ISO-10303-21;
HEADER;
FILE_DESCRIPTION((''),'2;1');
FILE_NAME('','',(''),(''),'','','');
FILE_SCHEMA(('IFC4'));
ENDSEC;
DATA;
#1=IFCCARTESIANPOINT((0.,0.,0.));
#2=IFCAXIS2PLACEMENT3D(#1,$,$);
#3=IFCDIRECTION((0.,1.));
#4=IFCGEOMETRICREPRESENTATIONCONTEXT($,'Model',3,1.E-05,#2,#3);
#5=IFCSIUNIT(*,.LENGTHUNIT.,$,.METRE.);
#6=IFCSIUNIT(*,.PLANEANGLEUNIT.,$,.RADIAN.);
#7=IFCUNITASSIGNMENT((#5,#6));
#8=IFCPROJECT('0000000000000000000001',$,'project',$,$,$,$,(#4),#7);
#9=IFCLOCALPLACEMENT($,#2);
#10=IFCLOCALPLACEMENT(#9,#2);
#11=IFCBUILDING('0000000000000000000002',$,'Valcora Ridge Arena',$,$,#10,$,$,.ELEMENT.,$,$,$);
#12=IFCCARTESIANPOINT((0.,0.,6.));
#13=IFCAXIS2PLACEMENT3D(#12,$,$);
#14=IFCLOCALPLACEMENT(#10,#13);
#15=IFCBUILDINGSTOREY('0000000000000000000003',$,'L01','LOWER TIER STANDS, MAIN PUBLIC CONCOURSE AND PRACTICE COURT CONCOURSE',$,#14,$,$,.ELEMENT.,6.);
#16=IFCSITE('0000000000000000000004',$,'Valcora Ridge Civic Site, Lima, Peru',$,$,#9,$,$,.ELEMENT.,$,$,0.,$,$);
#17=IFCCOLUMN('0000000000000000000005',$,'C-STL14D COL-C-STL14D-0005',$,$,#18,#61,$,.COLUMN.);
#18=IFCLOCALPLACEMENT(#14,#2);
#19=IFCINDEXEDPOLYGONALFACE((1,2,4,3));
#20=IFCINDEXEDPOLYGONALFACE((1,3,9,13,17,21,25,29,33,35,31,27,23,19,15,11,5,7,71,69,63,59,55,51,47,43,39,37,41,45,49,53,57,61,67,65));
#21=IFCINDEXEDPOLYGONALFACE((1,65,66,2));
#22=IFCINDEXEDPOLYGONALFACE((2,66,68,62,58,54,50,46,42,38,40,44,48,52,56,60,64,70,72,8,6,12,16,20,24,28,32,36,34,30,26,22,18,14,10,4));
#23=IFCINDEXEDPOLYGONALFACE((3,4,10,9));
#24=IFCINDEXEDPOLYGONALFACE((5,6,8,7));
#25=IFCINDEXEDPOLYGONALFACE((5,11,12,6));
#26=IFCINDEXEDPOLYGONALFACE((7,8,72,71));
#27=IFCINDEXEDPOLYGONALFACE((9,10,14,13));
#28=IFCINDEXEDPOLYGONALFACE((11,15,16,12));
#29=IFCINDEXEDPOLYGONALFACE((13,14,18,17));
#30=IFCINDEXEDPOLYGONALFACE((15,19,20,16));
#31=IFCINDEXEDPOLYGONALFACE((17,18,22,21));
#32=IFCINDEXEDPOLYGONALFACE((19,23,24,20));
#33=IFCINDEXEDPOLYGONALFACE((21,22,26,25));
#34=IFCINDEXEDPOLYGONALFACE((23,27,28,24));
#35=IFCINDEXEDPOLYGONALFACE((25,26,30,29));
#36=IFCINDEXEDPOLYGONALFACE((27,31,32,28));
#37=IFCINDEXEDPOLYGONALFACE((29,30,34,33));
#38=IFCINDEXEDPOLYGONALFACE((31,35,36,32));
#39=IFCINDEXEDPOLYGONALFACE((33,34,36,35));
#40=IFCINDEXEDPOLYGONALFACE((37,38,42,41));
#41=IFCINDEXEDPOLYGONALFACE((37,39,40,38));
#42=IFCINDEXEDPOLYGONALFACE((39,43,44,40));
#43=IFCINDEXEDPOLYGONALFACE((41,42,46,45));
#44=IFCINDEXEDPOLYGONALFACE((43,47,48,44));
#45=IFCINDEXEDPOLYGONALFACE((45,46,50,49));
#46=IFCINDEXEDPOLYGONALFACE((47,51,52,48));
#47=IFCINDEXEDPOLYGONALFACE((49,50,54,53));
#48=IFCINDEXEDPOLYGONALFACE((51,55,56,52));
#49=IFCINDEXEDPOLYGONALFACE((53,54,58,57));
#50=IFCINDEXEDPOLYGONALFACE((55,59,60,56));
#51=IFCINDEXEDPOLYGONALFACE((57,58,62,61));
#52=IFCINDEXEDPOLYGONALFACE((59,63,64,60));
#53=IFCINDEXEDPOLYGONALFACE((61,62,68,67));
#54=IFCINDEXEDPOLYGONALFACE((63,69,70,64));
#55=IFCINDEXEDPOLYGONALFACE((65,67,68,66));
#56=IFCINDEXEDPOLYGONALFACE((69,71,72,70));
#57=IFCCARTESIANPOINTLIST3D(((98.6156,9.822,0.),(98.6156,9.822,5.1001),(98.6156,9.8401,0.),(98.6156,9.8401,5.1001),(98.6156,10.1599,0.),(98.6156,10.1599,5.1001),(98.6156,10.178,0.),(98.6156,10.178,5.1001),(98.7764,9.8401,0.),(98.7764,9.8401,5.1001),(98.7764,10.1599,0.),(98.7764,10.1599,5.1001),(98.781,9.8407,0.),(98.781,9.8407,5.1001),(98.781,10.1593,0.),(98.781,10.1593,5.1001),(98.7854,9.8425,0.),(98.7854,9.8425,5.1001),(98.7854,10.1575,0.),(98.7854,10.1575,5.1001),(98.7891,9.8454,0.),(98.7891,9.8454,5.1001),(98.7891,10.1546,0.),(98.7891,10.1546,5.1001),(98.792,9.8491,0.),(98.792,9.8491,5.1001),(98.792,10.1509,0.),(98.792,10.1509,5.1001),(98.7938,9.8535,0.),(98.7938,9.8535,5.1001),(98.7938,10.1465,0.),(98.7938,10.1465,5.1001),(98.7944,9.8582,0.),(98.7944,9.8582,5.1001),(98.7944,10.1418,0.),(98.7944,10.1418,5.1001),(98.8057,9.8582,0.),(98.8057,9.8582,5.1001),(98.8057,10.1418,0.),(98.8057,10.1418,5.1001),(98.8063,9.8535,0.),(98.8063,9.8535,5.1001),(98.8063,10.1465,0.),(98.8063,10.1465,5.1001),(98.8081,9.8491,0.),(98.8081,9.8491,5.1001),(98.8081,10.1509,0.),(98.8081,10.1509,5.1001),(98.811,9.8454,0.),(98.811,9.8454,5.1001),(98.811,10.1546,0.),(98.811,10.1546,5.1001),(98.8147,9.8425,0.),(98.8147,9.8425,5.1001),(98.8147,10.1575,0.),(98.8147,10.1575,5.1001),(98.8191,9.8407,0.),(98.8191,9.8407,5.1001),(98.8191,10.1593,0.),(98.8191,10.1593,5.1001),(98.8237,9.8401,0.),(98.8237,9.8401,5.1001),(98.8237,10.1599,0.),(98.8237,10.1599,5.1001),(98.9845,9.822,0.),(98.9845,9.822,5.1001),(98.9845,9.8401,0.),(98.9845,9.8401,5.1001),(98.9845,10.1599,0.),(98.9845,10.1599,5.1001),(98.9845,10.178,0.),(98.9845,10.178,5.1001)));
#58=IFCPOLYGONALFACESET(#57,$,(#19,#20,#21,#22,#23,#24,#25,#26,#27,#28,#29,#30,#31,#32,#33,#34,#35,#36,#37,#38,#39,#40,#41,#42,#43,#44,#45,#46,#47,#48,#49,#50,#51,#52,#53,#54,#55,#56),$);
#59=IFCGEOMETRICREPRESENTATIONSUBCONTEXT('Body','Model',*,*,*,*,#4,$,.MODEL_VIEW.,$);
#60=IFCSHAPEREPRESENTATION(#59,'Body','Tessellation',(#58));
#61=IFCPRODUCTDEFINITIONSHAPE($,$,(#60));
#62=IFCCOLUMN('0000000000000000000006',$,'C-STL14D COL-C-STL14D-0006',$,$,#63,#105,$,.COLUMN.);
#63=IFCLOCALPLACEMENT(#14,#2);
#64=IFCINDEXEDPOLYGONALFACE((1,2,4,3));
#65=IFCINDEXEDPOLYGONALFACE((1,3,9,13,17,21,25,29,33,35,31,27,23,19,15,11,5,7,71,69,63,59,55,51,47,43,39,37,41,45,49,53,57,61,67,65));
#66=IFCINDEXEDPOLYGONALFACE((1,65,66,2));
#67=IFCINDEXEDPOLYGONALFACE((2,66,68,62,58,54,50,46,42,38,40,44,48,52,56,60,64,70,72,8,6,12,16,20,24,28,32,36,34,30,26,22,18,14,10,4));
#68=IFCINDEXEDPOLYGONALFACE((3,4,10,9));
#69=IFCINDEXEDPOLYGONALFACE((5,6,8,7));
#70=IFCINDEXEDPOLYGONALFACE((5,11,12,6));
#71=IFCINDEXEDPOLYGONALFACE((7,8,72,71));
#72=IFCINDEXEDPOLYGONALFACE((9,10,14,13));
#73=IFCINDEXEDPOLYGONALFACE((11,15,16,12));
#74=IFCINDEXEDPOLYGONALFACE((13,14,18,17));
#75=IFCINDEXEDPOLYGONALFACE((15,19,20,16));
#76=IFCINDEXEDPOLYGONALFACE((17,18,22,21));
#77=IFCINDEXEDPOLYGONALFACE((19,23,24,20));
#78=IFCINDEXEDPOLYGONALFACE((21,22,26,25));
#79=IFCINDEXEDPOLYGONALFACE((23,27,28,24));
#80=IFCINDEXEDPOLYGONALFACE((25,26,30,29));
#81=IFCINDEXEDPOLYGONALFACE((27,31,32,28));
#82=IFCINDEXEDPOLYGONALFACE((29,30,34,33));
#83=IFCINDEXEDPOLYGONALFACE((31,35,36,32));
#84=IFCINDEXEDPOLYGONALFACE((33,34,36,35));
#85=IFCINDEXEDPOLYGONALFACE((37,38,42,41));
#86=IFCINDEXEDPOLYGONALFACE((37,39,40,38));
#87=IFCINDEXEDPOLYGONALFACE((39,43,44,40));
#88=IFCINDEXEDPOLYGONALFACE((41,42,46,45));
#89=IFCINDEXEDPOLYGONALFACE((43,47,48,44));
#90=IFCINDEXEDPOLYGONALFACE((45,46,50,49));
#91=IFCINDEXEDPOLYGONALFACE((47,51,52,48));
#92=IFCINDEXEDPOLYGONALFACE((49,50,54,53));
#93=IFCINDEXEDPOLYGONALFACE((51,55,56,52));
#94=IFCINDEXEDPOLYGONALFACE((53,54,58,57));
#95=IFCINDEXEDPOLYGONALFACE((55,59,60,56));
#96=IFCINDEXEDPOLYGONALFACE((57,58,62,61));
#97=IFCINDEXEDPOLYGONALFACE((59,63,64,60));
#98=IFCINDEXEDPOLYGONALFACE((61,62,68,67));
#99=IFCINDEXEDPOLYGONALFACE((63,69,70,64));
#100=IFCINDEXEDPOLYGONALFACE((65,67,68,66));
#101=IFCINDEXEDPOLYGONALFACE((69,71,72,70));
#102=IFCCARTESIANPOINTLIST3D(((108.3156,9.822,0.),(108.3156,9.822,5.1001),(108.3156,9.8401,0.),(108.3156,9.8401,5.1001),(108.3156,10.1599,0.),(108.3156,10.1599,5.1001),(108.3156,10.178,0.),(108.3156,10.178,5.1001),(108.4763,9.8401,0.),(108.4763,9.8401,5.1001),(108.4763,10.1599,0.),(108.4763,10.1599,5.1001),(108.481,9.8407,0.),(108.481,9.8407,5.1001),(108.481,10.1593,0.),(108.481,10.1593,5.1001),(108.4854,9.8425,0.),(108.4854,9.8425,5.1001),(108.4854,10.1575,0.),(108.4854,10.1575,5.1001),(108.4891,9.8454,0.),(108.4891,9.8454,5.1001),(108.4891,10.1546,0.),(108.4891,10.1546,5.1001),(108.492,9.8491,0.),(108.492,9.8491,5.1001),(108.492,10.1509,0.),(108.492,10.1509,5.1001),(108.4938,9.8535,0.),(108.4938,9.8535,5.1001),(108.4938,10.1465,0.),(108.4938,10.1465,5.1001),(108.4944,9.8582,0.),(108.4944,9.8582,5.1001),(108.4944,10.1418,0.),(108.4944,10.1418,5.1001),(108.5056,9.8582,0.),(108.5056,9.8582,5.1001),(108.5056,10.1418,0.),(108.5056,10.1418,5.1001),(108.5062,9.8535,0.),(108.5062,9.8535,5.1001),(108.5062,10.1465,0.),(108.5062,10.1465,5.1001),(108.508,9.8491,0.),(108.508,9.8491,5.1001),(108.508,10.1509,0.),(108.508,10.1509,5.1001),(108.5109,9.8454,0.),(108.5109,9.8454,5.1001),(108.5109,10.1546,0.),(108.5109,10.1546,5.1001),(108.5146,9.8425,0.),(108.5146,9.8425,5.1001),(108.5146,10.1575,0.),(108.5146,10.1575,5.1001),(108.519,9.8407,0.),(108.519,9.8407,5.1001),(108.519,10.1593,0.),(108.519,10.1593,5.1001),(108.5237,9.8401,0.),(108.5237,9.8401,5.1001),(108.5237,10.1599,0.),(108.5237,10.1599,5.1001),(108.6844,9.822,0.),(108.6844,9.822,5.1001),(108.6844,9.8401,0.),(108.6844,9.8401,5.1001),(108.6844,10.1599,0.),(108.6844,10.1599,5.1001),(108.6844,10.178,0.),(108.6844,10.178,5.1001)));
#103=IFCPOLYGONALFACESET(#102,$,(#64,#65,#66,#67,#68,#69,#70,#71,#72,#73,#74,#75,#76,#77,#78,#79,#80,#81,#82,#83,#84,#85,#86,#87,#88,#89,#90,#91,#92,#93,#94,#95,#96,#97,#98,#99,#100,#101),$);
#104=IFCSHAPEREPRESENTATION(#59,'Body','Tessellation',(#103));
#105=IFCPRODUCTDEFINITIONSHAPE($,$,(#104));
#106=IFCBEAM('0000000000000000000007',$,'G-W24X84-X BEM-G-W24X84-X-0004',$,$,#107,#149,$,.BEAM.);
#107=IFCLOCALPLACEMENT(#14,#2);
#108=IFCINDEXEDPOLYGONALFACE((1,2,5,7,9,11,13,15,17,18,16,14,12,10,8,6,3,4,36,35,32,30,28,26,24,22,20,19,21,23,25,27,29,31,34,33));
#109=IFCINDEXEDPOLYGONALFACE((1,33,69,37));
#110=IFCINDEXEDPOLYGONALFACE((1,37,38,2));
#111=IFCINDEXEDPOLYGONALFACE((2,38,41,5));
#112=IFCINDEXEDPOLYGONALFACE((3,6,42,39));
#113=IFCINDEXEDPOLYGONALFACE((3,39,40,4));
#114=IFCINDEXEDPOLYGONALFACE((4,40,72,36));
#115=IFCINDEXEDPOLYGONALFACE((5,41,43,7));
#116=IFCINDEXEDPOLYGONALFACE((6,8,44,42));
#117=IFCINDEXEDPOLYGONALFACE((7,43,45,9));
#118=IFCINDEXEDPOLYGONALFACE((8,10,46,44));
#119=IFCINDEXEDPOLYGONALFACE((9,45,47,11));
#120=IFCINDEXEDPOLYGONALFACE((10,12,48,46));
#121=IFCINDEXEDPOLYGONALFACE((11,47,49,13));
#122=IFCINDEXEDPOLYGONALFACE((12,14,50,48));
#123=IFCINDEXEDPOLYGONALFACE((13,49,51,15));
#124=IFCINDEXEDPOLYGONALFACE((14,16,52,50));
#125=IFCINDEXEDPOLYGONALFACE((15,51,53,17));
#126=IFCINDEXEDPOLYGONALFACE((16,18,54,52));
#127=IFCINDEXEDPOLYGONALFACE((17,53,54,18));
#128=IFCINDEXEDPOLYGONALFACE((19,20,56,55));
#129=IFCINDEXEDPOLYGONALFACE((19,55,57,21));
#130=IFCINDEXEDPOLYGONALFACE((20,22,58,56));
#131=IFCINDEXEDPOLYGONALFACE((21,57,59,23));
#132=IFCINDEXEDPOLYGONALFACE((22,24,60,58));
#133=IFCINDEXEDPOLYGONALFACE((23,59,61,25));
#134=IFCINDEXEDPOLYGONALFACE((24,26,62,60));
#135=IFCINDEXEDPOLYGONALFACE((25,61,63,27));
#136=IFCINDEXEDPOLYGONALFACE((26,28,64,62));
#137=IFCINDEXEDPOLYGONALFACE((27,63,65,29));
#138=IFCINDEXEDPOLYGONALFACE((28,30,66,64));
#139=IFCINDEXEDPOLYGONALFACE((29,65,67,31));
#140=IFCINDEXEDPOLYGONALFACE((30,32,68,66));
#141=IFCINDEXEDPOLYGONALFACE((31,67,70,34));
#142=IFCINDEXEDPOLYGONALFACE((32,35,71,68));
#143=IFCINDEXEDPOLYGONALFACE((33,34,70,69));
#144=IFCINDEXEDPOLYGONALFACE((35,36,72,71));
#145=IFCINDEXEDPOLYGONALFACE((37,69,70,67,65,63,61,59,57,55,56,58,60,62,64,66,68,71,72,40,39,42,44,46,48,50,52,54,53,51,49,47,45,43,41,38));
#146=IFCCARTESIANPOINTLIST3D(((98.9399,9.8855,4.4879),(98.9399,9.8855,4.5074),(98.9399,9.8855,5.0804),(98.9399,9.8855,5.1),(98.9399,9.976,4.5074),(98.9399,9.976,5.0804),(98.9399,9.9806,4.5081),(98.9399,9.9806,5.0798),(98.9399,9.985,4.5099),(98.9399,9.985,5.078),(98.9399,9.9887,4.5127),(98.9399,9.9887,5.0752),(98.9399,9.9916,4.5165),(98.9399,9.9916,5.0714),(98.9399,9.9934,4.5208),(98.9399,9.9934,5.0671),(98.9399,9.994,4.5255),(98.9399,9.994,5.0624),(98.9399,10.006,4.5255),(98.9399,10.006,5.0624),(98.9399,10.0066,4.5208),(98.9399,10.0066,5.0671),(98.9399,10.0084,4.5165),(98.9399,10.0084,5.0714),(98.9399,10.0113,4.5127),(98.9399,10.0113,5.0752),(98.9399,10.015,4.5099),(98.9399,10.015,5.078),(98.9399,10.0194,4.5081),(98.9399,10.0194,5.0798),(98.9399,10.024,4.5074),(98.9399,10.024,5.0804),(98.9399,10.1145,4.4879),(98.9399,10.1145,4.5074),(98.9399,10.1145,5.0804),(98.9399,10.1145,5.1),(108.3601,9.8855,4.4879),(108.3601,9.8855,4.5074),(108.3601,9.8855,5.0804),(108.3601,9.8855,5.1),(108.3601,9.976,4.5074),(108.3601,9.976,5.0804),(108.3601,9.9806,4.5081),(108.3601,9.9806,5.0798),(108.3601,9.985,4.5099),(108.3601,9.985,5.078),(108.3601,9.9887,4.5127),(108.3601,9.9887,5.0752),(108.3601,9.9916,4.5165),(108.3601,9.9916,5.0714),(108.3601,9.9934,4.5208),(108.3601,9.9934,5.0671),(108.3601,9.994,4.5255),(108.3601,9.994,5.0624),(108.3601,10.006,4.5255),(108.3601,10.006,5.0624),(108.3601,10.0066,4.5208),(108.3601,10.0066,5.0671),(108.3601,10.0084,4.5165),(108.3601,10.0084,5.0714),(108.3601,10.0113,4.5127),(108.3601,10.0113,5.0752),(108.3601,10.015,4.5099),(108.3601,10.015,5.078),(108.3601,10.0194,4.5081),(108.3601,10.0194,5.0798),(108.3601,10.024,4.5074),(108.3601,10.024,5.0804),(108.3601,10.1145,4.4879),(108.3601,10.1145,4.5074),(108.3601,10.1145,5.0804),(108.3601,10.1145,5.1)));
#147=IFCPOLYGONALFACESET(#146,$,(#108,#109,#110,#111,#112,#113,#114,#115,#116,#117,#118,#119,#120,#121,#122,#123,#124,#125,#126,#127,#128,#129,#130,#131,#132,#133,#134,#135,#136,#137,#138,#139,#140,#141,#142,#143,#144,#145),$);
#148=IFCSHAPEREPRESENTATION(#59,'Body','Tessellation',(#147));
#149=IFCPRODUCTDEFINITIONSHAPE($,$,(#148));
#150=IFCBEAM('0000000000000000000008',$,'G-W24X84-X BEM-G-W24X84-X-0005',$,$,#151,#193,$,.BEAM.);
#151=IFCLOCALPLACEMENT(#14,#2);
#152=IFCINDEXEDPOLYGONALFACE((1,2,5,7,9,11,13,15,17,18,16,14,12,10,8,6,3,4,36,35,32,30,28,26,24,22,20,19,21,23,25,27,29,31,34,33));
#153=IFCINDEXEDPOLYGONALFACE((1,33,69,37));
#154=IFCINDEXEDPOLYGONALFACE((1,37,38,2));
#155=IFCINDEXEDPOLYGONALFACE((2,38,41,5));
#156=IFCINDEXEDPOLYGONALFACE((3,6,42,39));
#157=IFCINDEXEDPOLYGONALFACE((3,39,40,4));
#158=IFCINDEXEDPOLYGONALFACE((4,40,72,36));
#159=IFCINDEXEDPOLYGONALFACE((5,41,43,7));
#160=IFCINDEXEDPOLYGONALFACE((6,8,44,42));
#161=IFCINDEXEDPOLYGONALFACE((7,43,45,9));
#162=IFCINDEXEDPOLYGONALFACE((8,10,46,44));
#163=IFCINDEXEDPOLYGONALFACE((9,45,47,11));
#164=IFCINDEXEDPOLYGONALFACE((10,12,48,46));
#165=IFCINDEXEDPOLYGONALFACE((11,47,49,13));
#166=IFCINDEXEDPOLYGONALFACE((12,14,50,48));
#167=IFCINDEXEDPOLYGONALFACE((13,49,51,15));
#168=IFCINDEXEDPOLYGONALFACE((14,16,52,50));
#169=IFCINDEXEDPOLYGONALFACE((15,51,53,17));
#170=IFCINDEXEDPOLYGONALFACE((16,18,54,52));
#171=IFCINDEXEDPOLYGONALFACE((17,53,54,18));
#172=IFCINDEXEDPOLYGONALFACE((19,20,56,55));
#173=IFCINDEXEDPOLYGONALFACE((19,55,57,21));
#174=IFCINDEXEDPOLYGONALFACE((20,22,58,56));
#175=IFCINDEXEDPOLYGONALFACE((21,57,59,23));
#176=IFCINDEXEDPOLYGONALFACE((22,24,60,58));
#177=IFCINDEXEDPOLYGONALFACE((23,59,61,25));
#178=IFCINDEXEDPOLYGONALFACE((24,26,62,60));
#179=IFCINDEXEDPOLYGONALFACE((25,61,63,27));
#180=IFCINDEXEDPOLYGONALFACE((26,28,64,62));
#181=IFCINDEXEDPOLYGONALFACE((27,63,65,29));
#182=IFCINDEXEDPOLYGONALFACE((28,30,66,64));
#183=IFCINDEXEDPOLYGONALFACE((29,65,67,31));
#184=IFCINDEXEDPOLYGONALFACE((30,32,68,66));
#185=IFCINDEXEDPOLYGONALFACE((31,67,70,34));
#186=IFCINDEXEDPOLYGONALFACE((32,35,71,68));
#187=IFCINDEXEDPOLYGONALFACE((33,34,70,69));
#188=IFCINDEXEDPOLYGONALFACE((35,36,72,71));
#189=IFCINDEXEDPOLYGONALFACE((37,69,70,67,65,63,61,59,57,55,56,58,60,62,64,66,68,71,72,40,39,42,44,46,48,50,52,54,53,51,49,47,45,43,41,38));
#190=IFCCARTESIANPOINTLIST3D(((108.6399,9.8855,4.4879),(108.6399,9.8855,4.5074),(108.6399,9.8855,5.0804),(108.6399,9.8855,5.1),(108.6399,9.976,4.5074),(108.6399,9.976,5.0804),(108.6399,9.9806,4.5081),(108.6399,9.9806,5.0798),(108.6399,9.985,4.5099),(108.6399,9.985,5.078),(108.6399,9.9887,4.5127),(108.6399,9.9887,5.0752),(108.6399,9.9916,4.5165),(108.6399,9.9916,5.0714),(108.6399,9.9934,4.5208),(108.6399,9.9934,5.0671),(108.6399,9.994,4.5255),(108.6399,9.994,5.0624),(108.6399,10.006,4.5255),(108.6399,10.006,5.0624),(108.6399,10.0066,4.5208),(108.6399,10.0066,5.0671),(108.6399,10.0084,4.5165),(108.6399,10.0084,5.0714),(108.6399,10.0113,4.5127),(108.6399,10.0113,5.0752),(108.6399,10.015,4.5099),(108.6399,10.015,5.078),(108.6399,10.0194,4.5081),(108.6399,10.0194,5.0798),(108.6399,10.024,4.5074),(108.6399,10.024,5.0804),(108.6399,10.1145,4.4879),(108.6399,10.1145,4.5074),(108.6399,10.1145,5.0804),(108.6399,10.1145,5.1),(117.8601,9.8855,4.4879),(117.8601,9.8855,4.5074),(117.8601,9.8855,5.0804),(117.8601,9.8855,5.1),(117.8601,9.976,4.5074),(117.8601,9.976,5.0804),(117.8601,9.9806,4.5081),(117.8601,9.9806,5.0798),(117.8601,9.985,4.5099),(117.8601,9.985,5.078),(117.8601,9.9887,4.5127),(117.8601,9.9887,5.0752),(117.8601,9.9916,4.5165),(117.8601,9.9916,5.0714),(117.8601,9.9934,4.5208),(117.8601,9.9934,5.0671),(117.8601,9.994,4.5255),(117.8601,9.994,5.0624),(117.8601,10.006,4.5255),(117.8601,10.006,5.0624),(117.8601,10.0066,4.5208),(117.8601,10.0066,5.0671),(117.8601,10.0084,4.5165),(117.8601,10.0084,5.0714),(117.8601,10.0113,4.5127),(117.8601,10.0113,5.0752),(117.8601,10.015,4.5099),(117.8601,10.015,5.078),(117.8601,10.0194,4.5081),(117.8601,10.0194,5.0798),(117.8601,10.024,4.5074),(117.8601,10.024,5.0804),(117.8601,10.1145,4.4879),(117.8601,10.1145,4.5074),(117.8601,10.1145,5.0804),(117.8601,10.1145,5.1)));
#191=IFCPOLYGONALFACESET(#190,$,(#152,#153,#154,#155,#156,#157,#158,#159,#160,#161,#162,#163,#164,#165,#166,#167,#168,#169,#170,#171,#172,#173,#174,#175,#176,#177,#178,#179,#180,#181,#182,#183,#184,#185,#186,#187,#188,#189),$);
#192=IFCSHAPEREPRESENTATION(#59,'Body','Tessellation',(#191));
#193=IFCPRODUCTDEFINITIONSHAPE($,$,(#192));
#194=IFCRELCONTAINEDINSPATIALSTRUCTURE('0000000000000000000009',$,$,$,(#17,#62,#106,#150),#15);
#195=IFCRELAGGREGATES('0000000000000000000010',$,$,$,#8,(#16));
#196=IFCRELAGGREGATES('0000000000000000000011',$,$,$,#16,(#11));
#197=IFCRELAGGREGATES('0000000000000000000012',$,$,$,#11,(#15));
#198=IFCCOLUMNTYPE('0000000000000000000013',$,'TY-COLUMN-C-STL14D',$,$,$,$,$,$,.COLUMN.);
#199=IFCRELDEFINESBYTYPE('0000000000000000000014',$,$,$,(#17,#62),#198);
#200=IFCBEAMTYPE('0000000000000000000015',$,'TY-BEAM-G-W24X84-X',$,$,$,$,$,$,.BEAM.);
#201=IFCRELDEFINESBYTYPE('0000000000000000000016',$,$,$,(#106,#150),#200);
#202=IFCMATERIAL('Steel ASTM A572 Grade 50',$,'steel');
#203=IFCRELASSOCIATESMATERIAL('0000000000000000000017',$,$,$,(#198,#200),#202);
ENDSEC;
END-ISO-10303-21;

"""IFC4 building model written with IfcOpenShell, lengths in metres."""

from ifc_helpers import new_model, si_unit, direction, frame, origin, origin_2d, place, context, subcontext, project, spatial, i_section, extrude, material, material_profile, profile_set, type_object, element, save


model = new_model("IFC4")

# Units and contexts
model_context = context("Model", 3, precision=1e-05, world=origin(), true_north=direction((0.0, 1.0)))
body_context = subcontext(model_context, "Body", "Model", "MODEL_VIEW")
ifc_project = project(units=[si_unit("LENGTHUNIT", "METRE"), si_unit("PLANEANGLEUNIT", "RADIAN")], contexts=[model_context])

# Site, building, storey
site_placement = place(None, origin())
site = spatial("IfcSite", under=ifc_project, at=site_placement, Name="Valcora Ridge Civic Site, Lima, Peru", CompositionType="ELEMENT", RefElevation=0.0)
building_placement = place(site_placement, origin())
building = spatial("IfcBuilding", under=site, at=building_placement, Name="Valcora Ridge Arena", CompositionType="ELEMENT")
storey_placement = place(building_placement, frame((0.0, 0.0, 6.0)))
storey = spatial("IfcBuildingStorey", under=building, at=storey_placement, Name="L01", Description="LOWER TIER STANDS, MAIN PUBLIC CONCOURSE AND PRACTICE COURT CONCOURSE", CompositionType="ELEMENT", Elevation=6.0)

# Columns
ifc_material_1 = material(Name="Steel ASTM A572 Grade 50", Category="steel")
ifc_material_profile_1 = material_profile(ifc_material_1, i_section(OverallWidth=0.3689, OverallDepth=0.356, WebThickness=0.0112, FlangeThickness=0.0181, FilletRadius=0.0181, at=origin_2d()), Name="W14X90")
ifc_profile_set_1 = profile_set([ifc_material_profile_1], Name="Steel ASTM A572 Grade 50")
column_type = type_object("IfcColumnType", Name="TY-COLUMN-C-STL14D", PredefinedType="COLUMN", material=ifc_profile_set_1)
for number, where, z_axis, x_axis, name in (
    (1, (98.8, 10.0, 0.0), (0.0, 0.0, 1.0), (1.0, 0.0, 0.0), "C-STL14D COL-C-STL14D-0005"),
    (2, (108.5, 10.0, 0.0), (0.0, 0.0, 1.0), (1.0, 0.0, 0.0), "C-STL14D COL-C-STL14D-0006"),
):
    element("IfcColumn", number, at=place(storey_placement, frame(where, z_axis=z_axis, x_axis=x_axis)), inside=storey, type_object=column_type, Name=name, PredefinedType="COLUMN", context=body_context, shape_type="SweptSolid", body=[
        extrude(i_section(OverallWidth=0.3689, OverallDepth=0.356, WebThickness=0.0112, FlangeThickness=0.0181, FilletRadius=0.0181, at=origin_2d()), origin(), (0.0, 0.0, 1.0), 5.1001),
    ])

# Beams
ifc_material_profile_2 = material_profile(ifc_material_1, i_section(OverallWidth=0.229, OverallDepth=0.6121, WebThickness=0.012, FlangeThickness=0.0195, FilletRadius=0.0181, at=origin_2d()), Name="W24X84")
ifc_profile_set_2 = profile_set([ifc_material_profile_2], Name="Steel ASTM A572 Grade 50")
beam_type_1 = type_object("IfcBeamType", Name="TY-BEAM-G-W24X84-X", PredefinedType="BEAM", material=ifc_profile_set_2)
beam_1_placement = place(storey_placement, frame((98.9399, 10.0, 4.7939), z_axis=(1.0, 0.0, 0.0), x_axis=(0.0, 1.0, 0.0)))
element("IfcBeam", 3, at=beam_1_placement, inside=storey, type_object=beam_type_1, Name="G-W24X84-X BEM-G-W24X84-X-0004", PredefinedType="BEAM", context=body_context, shape_type="SweptSolid", body=[
    extrude(i_section(OverallWidth=0.229, OverallDepth=0.6121, WebThickness=0.012, FlangeThickness=0.0195, FilletRadius=0.0181, at=origin_2d()), origin(), (0.0, 0.0, 1.0), 9.4202),
])
beam_2_placement = place(storey_placement, frame((108.6399, 10.0, 4.7939), z_axis=(1.0, 0.0, 0.0), x_axis=(0.0, 1.0, 0.0)))
element("IfcBeam", 4, at=beam_2_placement, inside=storey, type_object=beam_type_1, Name="G-W24X84-X BEM-G-W24X84-X-0005", PredefinedType="BEAM", context=body_context, shape_type="SweptSolid", body=[
    extrude(i_section(OverallWidth=0.229, OverallDepth=0.6121, WebThickness=0.012, FlangeThickness=0.0195, FilletRadius=0.0181, at=origin_2d()), origin(), (0.0, 0.0, 1.0), 9.2202),
])

save(model, "model.ifc")
